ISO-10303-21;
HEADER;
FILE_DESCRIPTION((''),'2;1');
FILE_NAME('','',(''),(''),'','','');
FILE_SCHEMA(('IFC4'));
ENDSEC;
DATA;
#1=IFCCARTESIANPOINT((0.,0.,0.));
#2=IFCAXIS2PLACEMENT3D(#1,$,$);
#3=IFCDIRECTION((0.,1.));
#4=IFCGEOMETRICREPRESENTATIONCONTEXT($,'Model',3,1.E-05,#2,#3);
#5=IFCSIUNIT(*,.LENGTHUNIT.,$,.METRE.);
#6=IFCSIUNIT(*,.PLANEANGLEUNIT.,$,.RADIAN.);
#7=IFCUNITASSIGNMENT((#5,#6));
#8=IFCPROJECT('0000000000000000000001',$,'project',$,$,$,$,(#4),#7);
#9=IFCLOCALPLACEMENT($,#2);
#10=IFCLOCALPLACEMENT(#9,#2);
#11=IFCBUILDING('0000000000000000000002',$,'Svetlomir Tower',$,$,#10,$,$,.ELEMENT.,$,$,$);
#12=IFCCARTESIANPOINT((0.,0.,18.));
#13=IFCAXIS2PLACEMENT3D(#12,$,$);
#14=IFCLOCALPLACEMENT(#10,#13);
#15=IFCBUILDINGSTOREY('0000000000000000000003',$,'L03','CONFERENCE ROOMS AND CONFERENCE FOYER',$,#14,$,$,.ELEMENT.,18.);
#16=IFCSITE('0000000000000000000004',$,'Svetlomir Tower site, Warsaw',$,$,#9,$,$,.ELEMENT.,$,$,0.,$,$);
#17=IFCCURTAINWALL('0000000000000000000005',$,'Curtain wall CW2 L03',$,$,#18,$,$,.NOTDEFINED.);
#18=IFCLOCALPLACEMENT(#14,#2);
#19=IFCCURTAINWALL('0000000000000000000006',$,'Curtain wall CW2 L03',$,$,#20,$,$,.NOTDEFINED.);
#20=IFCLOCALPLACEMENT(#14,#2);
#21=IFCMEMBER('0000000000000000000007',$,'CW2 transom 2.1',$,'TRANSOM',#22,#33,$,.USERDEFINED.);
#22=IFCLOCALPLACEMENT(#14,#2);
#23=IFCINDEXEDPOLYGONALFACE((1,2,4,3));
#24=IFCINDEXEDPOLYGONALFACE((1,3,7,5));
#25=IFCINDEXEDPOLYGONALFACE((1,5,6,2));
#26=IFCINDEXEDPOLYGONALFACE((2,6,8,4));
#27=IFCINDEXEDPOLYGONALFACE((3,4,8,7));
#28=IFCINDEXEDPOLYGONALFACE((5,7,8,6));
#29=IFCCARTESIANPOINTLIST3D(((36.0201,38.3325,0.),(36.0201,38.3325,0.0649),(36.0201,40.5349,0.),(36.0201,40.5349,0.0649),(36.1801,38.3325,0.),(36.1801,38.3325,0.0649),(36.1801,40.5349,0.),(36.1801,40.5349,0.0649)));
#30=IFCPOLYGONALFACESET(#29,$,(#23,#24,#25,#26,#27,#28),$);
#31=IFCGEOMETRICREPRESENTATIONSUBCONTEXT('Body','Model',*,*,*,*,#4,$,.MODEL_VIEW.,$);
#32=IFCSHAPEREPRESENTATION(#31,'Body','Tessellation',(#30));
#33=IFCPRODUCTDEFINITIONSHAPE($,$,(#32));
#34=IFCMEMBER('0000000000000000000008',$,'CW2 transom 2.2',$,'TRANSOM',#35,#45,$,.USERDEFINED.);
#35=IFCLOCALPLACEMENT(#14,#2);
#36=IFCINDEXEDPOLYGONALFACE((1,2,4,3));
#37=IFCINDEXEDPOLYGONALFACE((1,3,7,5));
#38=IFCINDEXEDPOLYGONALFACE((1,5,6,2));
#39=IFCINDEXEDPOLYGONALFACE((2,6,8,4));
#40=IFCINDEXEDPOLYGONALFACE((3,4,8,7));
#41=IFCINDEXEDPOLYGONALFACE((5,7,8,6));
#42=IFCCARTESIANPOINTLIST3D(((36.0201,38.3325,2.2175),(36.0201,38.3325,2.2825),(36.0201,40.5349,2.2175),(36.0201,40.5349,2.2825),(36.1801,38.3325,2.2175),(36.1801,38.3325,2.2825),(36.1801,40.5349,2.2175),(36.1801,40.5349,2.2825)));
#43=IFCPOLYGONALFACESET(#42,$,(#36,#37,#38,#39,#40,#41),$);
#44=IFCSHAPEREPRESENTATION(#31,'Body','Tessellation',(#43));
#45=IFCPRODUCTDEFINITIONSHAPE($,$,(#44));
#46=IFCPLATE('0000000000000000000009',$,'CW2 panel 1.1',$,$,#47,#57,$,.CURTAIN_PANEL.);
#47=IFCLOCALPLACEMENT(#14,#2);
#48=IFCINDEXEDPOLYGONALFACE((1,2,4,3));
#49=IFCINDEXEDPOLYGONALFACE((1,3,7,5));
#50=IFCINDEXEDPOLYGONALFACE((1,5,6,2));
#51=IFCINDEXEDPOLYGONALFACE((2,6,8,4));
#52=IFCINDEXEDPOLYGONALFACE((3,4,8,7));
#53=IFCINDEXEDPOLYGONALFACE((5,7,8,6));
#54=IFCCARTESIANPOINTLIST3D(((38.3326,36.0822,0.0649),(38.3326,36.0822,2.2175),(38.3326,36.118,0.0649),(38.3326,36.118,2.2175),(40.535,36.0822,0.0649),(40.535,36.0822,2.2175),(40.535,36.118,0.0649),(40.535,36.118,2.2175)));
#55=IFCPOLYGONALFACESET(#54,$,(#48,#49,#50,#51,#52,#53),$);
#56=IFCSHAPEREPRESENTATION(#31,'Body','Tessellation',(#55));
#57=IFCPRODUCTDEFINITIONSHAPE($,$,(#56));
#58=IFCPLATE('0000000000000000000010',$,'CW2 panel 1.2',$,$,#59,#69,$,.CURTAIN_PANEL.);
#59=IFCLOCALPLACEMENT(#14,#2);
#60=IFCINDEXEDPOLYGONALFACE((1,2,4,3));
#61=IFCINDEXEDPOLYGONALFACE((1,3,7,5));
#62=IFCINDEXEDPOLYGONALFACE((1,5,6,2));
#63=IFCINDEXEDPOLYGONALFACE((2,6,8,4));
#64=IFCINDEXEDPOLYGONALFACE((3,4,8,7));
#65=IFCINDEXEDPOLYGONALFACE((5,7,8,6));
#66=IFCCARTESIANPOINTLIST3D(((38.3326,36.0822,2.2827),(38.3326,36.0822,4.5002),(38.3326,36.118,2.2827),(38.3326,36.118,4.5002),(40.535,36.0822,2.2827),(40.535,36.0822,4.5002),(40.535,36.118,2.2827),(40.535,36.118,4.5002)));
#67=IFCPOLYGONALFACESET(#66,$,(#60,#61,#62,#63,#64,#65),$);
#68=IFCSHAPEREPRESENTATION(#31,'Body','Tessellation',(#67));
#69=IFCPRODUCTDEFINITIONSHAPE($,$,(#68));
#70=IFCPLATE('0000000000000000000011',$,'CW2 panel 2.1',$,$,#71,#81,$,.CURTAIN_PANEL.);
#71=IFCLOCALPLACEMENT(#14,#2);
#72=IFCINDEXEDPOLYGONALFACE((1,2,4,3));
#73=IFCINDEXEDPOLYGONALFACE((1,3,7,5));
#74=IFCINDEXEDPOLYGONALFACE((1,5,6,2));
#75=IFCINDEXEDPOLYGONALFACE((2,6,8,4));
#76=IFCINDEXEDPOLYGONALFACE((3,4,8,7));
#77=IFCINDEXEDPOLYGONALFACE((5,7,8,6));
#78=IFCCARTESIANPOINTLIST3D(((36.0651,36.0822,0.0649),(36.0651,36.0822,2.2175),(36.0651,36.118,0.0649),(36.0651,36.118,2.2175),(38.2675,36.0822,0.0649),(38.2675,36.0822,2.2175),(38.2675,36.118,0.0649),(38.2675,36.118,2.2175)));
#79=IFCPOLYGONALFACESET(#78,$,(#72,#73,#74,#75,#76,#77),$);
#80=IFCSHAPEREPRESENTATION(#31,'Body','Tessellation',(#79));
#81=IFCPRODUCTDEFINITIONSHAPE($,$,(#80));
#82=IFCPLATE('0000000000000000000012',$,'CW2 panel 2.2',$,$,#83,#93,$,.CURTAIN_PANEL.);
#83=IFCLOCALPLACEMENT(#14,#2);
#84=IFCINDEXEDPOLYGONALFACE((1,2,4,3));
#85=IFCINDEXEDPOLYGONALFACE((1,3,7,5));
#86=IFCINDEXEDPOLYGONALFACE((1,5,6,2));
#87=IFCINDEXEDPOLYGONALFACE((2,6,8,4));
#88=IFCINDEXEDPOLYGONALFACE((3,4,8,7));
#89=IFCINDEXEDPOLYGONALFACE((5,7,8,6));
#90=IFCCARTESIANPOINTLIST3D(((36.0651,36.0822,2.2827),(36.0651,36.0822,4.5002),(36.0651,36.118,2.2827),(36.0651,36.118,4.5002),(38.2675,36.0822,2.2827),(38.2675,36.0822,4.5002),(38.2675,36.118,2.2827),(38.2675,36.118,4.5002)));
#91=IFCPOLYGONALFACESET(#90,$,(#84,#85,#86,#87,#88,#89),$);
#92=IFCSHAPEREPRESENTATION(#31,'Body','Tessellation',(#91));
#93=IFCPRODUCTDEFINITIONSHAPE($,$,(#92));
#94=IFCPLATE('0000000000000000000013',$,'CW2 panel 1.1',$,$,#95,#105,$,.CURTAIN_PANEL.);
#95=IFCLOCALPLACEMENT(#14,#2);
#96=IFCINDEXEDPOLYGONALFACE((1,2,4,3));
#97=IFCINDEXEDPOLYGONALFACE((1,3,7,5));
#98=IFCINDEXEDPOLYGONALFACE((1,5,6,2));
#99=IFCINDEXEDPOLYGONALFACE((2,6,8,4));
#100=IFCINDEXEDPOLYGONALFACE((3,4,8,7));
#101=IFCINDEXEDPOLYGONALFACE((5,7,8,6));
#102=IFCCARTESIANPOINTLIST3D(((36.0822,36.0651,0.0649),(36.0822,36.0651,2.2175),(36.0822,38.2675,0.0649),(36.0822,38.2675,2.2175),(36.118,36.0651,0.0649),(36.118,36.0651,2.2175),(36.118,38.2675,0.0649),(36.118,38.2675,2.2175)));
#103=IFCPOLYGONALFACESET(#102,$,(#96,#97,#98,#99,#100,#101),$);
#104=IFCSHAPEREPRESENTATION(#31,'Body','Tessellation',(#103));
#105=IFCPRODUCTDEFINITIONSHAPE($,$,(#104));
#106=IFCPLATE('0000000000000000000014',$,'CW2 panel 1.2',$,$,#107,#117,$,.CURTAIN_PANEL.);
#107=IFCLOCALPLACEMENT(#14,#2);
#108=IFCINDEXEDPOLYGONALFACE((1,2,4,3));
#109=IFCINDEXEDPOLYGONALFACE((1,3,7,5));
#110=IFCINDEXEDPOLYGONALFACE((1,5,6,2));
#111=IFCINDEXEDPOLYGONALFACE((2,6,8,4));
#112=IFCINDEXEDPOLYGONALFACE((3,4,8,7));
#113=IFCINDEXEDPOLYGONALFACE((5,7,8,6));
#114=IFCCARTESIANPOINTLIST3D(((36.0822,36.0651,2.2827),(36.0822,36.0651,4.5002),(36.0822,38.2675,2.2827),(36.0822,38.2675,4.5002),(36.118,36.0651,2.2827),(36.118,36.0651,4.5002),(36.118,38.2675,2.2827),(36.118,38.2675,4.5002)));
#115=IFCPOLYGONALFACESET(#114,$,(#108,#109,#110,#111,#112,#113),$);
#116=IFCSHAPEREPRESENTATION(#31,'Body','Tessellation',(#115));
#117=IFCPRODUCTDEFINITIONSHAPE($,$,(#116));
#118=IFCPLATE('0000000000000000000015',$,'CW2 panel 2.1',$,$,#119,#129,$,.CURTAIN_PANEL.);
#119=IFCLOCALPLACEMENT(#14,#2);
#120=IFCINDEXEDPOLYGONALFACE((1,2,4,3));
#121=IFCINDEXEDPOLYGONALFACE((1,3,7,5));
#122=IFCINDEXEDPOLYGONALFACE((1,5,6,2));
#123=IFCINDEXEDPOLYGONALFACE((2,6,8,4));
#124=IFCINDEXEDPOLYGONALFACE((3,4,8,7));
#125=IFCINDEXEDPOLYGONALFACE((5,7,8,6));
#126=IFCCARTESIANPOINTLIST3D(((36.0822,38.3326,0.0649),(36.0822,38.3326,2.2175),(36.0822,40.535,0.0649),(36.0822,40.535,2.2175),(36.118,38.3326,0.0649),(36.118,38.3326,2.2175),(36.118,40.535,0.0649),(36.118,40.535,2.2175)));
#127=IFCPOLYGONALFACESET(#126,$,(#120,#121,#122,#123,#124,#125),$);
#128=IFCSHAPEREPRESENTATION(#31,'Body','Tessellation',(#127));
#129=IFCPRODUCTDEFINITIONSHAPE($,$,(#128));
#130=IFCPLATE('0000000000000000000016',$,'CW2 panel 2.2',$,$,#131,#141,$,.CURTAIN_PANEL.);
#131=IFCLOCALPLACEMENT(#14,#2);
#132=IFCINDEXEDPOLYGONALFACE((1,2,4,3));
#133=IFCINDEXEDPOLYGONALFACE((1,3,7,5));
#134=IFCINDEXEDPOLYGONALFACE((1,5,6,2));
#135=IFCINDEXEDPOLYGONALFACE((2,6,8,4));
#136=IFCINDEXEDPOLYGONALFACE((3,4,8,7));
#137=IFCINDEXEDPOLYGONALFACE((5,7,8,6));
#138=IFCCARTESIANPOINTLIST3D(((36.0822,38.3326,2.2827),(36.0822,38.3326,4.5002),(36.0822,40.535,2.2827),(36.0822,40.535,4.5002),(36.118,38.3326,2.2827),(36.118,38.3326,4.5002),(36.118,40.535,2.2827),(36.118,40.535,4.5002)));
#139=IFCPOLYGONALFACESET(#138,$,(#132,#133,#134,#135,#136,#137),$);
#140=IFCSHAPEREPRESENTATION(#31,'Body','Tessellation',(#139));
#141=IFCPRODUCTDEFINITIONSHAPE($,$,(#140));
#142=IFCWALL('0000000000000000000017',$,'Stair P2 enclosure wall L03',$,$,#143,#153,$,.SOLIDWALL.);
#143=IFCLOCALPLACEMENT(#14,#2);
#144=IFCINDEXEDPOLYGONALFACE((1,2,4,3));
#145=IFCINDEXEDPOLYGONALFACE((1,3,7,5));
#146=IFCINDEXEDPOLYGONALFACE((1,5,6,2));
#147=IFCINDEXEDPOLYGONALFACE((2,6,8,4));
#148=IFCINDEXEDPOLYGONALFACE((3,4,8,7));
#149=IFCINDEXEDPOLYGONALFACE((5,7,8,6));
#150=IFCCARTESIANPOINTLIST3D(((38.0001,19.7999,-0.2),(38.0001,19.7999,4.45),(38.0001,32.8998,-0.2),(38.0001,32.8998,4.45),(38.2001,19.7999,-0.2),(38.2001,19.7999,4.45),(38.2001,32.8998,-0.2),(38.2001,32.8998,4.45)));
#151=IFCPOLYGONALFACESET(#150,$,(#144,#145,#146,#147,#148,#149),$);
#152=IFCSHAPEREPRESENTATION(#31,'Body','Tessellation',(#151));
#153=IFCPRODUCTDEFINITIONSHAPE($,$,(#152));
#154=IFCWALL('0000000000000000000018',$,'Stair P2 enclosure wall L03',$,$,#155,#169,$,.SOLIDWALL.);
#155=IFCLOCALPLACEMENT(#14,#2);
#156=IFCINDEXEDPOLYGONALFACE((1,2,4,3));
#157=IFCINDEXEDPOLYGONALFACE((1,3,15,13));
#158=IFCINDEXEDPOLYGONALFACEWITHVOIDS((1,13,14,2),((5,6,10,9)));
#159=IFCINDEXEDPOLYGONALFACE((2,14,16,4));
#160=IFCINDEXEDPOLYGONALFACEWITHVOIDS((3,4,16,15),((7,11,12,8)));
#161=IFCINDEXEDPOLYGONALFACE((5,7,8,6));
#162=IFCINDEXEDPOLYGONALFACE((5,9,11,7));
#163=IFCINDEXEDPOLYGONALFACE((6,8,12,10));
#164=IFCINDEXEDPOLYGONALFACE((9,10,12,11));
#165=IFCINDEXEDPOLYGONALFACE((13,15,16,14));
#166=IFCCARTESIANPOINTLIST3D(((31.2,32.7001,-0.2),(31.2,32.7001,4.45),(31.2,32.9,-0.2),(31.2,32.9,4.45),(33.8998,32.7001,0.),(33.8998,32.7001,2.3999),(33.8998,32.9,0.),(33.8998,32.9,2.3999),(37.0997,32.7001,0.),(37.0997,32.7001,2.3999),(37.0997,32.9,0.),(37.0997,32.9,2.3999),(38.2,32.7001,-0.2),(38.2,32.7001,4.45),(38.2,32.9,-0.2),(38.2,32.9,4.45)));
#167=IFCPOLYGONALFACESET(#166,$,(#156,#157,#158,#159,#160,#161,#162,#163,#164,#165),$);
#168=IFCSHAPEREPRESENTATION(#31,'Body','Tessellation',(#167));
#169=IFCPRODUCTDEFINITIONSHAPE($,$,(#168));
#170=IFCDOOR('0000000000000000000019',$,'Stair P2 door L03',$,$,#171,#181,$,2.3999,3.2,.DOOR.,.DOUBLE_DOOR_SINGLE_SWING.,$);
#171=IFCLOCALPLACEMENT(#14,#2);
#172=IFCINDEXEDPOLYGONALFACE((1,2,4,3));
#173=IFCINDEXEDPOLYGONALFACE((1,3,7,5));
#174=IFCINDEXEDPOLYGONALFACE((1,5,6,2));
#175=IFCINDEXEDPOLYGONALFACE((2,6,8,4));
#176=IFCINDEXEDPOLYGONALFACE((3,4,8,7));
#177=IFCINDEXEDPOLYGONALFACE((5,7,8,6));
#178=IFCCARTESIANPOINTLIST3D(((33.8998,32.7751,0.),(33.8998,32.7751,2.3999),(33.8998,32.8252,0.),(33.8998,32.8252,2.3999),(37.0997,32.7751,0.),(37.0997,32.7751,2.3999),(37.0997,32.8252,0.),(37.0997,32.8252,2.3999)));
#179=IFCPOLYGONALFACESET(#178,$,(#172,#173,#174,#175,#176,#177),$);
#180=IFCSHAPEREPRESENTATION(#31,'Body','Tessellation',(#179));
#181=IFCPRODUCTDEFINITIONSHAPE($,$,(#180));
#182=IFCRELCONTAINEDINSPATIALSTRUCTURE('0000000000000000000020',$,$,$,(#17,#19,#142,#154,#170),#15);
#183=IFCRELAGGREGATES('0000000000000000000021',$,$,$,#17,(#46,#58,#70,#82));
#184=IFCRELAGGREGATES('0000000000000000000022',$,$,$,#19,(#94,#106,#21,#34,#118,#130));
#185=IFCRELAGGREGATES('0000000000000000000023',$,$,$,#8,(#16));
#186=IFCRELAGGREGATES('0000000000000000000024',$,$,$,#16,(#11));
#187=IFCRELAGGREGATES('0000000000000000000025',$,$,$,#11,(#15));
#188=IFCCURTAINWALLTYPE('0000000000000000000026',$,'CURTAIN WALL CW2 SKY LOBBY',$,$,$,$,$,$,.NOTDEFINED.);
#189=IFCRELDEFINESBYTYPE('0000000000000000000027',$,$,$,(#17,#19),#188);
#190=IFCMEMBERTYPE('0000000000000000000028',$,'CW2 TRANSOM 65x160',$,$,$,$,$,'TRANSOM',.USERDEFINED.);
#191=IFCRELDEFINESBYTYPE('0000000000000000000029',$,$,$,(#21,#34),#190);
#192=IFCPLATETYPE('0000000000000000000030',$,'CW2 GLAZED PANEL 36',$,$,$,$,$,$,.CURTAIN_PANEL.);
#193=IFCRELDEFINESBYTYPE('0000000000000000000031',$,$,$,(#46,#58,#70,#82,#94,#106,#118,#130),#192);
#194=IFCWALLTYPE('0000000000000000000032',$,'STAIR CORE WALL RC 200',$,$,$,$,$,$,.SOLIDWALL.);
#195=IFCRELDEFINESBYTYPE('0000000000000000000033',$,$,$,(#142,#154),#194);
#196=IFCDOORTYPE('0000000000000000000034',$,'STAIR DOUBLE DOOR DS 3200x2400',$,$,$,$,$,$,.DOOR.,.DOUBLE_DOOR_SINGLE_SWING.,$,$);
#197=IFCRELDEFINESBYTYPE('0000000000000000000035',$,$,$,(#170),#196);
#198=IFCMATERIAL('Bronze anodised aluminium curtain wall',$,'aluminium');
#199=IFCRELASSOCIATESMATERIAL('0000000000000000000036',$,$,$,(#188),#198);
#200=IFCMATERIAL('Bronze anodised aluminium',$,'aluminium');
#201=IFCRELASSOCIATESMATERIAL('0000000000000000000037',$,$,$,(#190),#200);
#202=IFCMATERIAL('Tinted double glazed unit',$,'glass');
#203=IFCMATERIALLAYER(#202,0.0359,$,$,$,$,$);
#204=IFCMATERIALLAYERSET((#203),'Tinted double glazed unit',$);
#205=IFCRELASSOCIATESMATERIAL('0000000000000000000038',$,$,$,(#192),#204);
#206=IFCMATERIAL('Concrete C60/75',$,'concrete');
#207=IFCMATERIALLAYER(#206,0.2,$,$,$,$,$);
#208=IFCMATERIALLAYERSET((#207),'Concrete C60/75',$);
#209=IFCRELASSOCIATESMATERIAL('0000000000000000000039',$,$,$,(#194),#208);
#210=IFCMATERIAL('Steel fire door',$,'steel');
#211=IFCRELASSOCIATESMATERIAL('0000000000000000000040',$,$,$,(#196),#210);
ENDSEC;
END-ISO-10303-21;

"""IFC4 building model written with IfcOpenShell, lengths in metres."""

from ifc_helpers import new_model, si_unit, direction, frame, frame_2d, origin, origin_2d, place, context, subcontext, project, spatial, rectangle, extrude, material, layer, layer_set, material_profile, profile_set, type_object, element, fill, aggregate, save


model = new_model("IFC4")

# Units and contexts
model_context = context("Model", 3, precision=1e-05, world=origin(), true_north=direction((0.0, 1.0)))
body_context = subcontext(model_context, "Body", "Model", "MODEL_VIEW")
ifc_project = project(units=[si_unit("LENGTHUNIT", "METRE"), si_unit("PLANEANGLEUNIT", "RADIAN")], contexts=[model_context])

# Site, building, storey
site_placement = place(None, origin())
site = spatial("IfcSite", under=ifc_project, at=site_placement, Name="Svetlomir Tower site, Warsaw", CompositionType="ELEMENT", RefElevation=0.0)
building_placement = place(site_placement, origin())
building = spatial("IfcBuilding", under=site, at=building_placement, Name="Svetlomir Tower", CompositionType="ELEMENT")
storey_placement = place(building_placement, frame((0.0, 0.0, 18.0)))
storey = spatial("IfcBuildingStorey", under=building, at=storey_placement, Name="L03", Description="CONFERENCE ROOMS AND CONFERENCE FOYER", CompositionType="ELEMENT", Elevation=18.0)

# Curtain walls
ifc_material_1 = material(Name="Bronze anodised aluminium curtain wall", Category="aluminium")
curtain_wall_type = type_object("IfcCurtainWallType", Name="CURTAIN WALL CW2 SKY LOBBY", PredefinedType="NOTDEFINED", material=ifc_material_1)
curtain_wall_1_placement = place(storey_placement, origin())
curtain_wall_1 = element("IfcCurtainWall", 1, at=curtain_wall_1_placement, inside=storey, type_object=curtain_wall_type, Name="Curtain wall CW2 L03", PredefinedType="NOTDEFINED")
curtain_wall_2_placement = place(storey_placement, origin())
curtain_wall_2 = element("IfcCurtainWall", 2, at=curtain_wall_2_placement, inside=storey, type_object=curtain_wall_type, Name="Curtain wall CW2 L03", PredefinedType="NOTDEFINED")

# Members
ifc_material_2 = material(Name="Bronze anodised aluminium", Category="aluminium")
ifc_material_profile_1 = material_profile(ifc_material_2, rectangle(XDim=0.1599, YDim=0.0649, at=origin_2d()), Name="AL 160x65")
ifc_profile_set_1 = profile_set([ifc_material_profile_1], Name="Bronze anodised aluminium 6063-T6")
member_type_1 = type_object("IfcMemberType", Name="CW2 TRANSOM 65x160", ElementType="TRANSOM", PredefinedType="USERDEFINED", material=ifc_profile_set_1)
member_1_placement = place(storey_placement, frame((36.1001, 38.3325, 0.0325), z_axis=(0.0, 1.0, 0.0), x_axis=(-1.0, 0.0, 0.0)))
member_1 = element("IfcMember", 3, at=member_1_placement, type_object=member_type_1, Name="CW2 transom 2.1", ObjectType="TRANSOM", PredefinedType="USERDEFINED", context=body_context, shape_type="SweptSolid", body=[
    extrude(rectangle(XDim=0.1599, YDim=0.0649, at=origin_2d()), origin(), (0.0, 0.0, 1.0), 2.2024),
])
member_2_placement = place(storey_placement, frame((36.1001, 38.3325, 2.25), z_axis=(0.0, 1.0, 0.0), x_axis=(-1.0, 0.0, 0.0)))
member_2 = element("IfcMember", 4, at=member_2_placement, type_object=member_type_1, Name="CW2 transom 2.2", ObjectType="TRANSOM", PredefinedType="USERDEFINED", context=body_context, shape_type="SweptSolid", body=[
    extrude(rectangle(XDim=0.1599, YDim=0.0649, at=origin_2d()), origin(), (0.0, 0.0, 1.0), 2.2024),
])

# Plates
ifc_material_3 = material(Name="Tinted double glazed unit", Category="glass")
ifc_layer_1 = layer(ifc_material_3, 0.0359)
ifc_layer_set_1 = layer_set([ifc_layer_1], Name="Tinted double glazed unit")
plate_type = type_object("IfcPlateType", Name="CW2 GLAZED PANEL 36", PredefinedType="CURTAIN_PANEL", material=ifc_layer_set_1)
plate_1_placement = place(storey_placement, frame((39.4338, 36.1001, 0.0649), z_axis=(0.0, 0.0, 1.0), x_axis=(-1.0, 0.0, 0.0)))
plate_1 = element("IfcPlate", 5, at=plate_1_placement, type_object=plate_type, Name="CW2 panel 1.1", PredefinedType="CURTAIN_PANEL", context=body_context, shape_type="SweptSolid", body=[
    extrude(rectangle(XDim=2.2024, YDim=0.0359, at=origin_2d()), origin(), (0.0, 0.0, 1.0), 2.1526),
])
plate_2_placement = place(storey_placement, frame((39.4338, 36.1001, 2.2827), z_axis=(0.0, 0.0, 1.0), x_axis=(-1.0, 0.0, 0.0)))
plate_2 = element("IfcPlate", 6, at=plate_2_placement, type_object=plate_type, Name="CW2 panel 1.2", PredefinedType="CURTAIN_PANEL", context=body_context, shape_type="SweptSolid", body=[
    extrude(rectangle(XDim=2.2024, YDim=0.0359, at=origin_2d()), origin(), (0.0, 0.0, 1.0), 2.2175),
])
plate_3_placement = place(storey_placement, frame((37.1663, 36.1001, 0.0649), z_axis=(0.0, 0.0, 1.0), x_axis=(-1.0, 0.0, 0.0)))
plate_3 = element("IfcPlate", 7, at=plate_3_placement, type_object=plate_type, Name="CW2 panel 2.1", PredefinedType="CURTAIN_PANEL", context=body_context, shape_type="SweptSolid", body=[
    extrude(rectangle(XDim=2.2024, YDim=0.0359, at=origin_2d()), origin(), (0.0, 0.0, 1.0), 2.1526),
])
plate_4_placement = place(storey_placement, frame((37.1663, 36.1001, 2.2827), z_axis=(0.0, 0.0, 1.0), x_axis=(-1.0, 0.0, 0.0)))
plate_4 = element("IfcPlate", 8, at=plate_4_placement, type_object=plate_type, Name="CW2 panel 2.2", PredefinedType="CURTAIN_PANEL", context=body_context, shape_type="SweptSolid", body=[
    extrude(rectangle(XDim=2.2024, YDim=0.0359, at=origin_2d()), origin(), (0.0, 0.0, 1.0), 2.2175),
])
aggregate(curtain_wall_1, [plate_1, plate_2, plate_3, plate_4])
plate_5_placement = place(storey_placement, frame((36.1001, 37.1663, 0.0649), z_axis=(0.0, 0.0, 1.0), x_axis=(0.0, 1.0, 0.0)))
plate_5 = element("IfcPlate", 9, at=plate_5_placement, type_object=plate_type, Name="CW2 panel 1.1", PredefinedType="CURTAIN_PANEL", context=body_context, shape_type="SweptSolid", body=[
    extrude(rectangle(XDim=2.2024, YDim=0.0359, at=origin_2d()), origin(), (0.0, 0.0, 1.0), 2.1526),
])
plate_6_placement = place(storey_placement, frame((36.1001, 37.1663, 2.2827), z_axis=(0.0, 0.0, 1.0), x_axis=(0.0, 1.0, 0.0)))
plate_6 = element("IfcPlate", 10, at=plate_6_placement, type_object=plate_type, Name="CW2 panel 1.2", PredefinedType="CURTAIN_PANEL", context=body_context, shape_type="SweptSolid", body=[
    extrude(rectangle(XDim=2.2024, YDim=0.0359, at=origin_2d()), origin(), (0.0, 0.0, 1.0), 2.2175),
])
plate_7_placement = place(storey_placement, frame((36.1001, 39.4338, 0.0649), z_axis=(0.0, 0.0, 1.0), x_axis=(0.0, 1.0, 0.0)))
plate_7 = element("IfcPlate", 11, at=plate_7_placement, type_object=plate_type, Name="CW2 panel 2.1", PredefinedType="CURTAIN_PANEL", context=body_context, shape_type="SweptSolid", body=[
    extrude(rectangle(XDim=2.2024, YDim=0.0359, at=origin_2d()), origin(), (0.0, 0.0, 1.0), 2.1526),
])
plate_8_placement = place(storey_placement, frame((36.1001, 39.4338, 2.2827), z_axis=(0.0, 0.0, 1.0), x_axis=(0.0, 1.0, 0.0)))
plate_8 = element("IfcPlate", 12, at=plate_8_placement, type_object=plate_type, Name="CW2 panel 2.2", PredefinedType="CURTAIN_PANEL", context=body_context, shape_type="SweptSolid", body=[
    extrude(rectangle(XDim=2.2024, YDim=0.0359, at=origin_2d()), origin(), (0.0, 0.0, 1.0), 2.2175),
])
aggregate(curtain_wall_2, [plate_5, plate_6, member_1, member_2, plate_7, plate_8])

# Wall
ifc_material_4 = material(Name="Concrete C60/75", Category="concrete")
ifc_layer_2 = layer(ifc_material_4, 0.2)
ifc_layer_set_2 = layer_set([ifc_layer_2], Name="Concrete C60/75")
wall_type = type_object("IfcWallType", Name="STAIR CORE WALL RC 200", PredefinedType="SOLIDWALL", material=ifc_layer_set_2)
wall_1_placement = place(storey_placement, frame((38.1001, 19.8, -0.2), z_axis=(0.0, 0.0, 1.0), x_axis=(0.0, 1.0, 0.0)))
element("IfcWall", 13, at=wall_1_placement, inside=storey, type_object=wall_type, Name="Stair P2 enclosure wall L03", PredefinedType="SOLIDWALL", context=body_context, shape_type="SweptSolid", body=[
    extrude(rectangle(XDim=13.0999, YDim=0.2, at=frame_2d((6.5498, 0.0))), origin(), (0.0, 0.0, 1.0), 4.6499),
])

# Wall, opening, door
wall_2_placement = place(storey_placement, frame((38.2, 32.8, -0.2), z_axis=(0.0, 0.0, 1.0), x_axis=(-1.0, 0.0, 0.0)))
wall_2 = element("IfcWall", 14, at=wall_2_placement, inside=storey, type_object=wall_type, Name="Stair P2 enclosure wall L03", PredefinedType="SOLIDWALL", context=body_context, shape_type="SweptSolid", body=[
    extrude(rectangle(XDim=7.0, YDim=0.2, at=frame_2d((3.5, 0.0))), origin(), (0.0, 0.0, 1.0), 4.6499),
])
opening_placement = place(wall_2_placement, frame((1.1001, 0.0, 0.2)))
opening = element("IfcOpeningElement", 15, at=opening_placement, cuts=wall_2, PredefinedType="OPENING", context=body_context, shape_type="SweptSolid", body=[
    extrude(rectangle(XDim=3.2, YDim=2.3999, at=frame_2d((1.6001, 1.2))), frame((0.0, 0.1099, 0.0), z_axis=(0.0, -1.0, 0.0), x_axis=(1.0, 0.0, 0.0)), (0.0, 0.0, 1.0), 0.22),
])
ifc_material_5 = material(Name="Steel fire door", Category="steel")
door_type = type_object("IfcDoorType", Name="STAIR DOUBLE DOOR DS 3200x2400", OperationType="DOUBLE_DOOR_SINGLE_SWING", PredefinedType="DOOR", material=ifc_material_5)
door_placement = place(opening_placement, origin())
door = element("IfcDoor", 16, at=door_placement, inside=storey, type_object=door_type, Name="Stair P2 door L03", OperationType="DOUBLE_DOOR_SINGLE_SWING", OverallHeight=2.3999, OverallWidth=3.2, PredefinedType="DOOR", context=body_context, shape_type="SweptSolid", body=[
    extrude(rectangle(XDim=3.2, YDim=2.3999, at=frame_2d((1.6001, 1.2))), frame((0.0, 0.0249, 0.0), z_axis=(0.0, -1.0, 0.0), x_axis=(1.0, 0.0, 0.0)), (0.0, 0.0, 1.0), 0.05),
])
fill(opening, door)

save(model, "model.ifc")
